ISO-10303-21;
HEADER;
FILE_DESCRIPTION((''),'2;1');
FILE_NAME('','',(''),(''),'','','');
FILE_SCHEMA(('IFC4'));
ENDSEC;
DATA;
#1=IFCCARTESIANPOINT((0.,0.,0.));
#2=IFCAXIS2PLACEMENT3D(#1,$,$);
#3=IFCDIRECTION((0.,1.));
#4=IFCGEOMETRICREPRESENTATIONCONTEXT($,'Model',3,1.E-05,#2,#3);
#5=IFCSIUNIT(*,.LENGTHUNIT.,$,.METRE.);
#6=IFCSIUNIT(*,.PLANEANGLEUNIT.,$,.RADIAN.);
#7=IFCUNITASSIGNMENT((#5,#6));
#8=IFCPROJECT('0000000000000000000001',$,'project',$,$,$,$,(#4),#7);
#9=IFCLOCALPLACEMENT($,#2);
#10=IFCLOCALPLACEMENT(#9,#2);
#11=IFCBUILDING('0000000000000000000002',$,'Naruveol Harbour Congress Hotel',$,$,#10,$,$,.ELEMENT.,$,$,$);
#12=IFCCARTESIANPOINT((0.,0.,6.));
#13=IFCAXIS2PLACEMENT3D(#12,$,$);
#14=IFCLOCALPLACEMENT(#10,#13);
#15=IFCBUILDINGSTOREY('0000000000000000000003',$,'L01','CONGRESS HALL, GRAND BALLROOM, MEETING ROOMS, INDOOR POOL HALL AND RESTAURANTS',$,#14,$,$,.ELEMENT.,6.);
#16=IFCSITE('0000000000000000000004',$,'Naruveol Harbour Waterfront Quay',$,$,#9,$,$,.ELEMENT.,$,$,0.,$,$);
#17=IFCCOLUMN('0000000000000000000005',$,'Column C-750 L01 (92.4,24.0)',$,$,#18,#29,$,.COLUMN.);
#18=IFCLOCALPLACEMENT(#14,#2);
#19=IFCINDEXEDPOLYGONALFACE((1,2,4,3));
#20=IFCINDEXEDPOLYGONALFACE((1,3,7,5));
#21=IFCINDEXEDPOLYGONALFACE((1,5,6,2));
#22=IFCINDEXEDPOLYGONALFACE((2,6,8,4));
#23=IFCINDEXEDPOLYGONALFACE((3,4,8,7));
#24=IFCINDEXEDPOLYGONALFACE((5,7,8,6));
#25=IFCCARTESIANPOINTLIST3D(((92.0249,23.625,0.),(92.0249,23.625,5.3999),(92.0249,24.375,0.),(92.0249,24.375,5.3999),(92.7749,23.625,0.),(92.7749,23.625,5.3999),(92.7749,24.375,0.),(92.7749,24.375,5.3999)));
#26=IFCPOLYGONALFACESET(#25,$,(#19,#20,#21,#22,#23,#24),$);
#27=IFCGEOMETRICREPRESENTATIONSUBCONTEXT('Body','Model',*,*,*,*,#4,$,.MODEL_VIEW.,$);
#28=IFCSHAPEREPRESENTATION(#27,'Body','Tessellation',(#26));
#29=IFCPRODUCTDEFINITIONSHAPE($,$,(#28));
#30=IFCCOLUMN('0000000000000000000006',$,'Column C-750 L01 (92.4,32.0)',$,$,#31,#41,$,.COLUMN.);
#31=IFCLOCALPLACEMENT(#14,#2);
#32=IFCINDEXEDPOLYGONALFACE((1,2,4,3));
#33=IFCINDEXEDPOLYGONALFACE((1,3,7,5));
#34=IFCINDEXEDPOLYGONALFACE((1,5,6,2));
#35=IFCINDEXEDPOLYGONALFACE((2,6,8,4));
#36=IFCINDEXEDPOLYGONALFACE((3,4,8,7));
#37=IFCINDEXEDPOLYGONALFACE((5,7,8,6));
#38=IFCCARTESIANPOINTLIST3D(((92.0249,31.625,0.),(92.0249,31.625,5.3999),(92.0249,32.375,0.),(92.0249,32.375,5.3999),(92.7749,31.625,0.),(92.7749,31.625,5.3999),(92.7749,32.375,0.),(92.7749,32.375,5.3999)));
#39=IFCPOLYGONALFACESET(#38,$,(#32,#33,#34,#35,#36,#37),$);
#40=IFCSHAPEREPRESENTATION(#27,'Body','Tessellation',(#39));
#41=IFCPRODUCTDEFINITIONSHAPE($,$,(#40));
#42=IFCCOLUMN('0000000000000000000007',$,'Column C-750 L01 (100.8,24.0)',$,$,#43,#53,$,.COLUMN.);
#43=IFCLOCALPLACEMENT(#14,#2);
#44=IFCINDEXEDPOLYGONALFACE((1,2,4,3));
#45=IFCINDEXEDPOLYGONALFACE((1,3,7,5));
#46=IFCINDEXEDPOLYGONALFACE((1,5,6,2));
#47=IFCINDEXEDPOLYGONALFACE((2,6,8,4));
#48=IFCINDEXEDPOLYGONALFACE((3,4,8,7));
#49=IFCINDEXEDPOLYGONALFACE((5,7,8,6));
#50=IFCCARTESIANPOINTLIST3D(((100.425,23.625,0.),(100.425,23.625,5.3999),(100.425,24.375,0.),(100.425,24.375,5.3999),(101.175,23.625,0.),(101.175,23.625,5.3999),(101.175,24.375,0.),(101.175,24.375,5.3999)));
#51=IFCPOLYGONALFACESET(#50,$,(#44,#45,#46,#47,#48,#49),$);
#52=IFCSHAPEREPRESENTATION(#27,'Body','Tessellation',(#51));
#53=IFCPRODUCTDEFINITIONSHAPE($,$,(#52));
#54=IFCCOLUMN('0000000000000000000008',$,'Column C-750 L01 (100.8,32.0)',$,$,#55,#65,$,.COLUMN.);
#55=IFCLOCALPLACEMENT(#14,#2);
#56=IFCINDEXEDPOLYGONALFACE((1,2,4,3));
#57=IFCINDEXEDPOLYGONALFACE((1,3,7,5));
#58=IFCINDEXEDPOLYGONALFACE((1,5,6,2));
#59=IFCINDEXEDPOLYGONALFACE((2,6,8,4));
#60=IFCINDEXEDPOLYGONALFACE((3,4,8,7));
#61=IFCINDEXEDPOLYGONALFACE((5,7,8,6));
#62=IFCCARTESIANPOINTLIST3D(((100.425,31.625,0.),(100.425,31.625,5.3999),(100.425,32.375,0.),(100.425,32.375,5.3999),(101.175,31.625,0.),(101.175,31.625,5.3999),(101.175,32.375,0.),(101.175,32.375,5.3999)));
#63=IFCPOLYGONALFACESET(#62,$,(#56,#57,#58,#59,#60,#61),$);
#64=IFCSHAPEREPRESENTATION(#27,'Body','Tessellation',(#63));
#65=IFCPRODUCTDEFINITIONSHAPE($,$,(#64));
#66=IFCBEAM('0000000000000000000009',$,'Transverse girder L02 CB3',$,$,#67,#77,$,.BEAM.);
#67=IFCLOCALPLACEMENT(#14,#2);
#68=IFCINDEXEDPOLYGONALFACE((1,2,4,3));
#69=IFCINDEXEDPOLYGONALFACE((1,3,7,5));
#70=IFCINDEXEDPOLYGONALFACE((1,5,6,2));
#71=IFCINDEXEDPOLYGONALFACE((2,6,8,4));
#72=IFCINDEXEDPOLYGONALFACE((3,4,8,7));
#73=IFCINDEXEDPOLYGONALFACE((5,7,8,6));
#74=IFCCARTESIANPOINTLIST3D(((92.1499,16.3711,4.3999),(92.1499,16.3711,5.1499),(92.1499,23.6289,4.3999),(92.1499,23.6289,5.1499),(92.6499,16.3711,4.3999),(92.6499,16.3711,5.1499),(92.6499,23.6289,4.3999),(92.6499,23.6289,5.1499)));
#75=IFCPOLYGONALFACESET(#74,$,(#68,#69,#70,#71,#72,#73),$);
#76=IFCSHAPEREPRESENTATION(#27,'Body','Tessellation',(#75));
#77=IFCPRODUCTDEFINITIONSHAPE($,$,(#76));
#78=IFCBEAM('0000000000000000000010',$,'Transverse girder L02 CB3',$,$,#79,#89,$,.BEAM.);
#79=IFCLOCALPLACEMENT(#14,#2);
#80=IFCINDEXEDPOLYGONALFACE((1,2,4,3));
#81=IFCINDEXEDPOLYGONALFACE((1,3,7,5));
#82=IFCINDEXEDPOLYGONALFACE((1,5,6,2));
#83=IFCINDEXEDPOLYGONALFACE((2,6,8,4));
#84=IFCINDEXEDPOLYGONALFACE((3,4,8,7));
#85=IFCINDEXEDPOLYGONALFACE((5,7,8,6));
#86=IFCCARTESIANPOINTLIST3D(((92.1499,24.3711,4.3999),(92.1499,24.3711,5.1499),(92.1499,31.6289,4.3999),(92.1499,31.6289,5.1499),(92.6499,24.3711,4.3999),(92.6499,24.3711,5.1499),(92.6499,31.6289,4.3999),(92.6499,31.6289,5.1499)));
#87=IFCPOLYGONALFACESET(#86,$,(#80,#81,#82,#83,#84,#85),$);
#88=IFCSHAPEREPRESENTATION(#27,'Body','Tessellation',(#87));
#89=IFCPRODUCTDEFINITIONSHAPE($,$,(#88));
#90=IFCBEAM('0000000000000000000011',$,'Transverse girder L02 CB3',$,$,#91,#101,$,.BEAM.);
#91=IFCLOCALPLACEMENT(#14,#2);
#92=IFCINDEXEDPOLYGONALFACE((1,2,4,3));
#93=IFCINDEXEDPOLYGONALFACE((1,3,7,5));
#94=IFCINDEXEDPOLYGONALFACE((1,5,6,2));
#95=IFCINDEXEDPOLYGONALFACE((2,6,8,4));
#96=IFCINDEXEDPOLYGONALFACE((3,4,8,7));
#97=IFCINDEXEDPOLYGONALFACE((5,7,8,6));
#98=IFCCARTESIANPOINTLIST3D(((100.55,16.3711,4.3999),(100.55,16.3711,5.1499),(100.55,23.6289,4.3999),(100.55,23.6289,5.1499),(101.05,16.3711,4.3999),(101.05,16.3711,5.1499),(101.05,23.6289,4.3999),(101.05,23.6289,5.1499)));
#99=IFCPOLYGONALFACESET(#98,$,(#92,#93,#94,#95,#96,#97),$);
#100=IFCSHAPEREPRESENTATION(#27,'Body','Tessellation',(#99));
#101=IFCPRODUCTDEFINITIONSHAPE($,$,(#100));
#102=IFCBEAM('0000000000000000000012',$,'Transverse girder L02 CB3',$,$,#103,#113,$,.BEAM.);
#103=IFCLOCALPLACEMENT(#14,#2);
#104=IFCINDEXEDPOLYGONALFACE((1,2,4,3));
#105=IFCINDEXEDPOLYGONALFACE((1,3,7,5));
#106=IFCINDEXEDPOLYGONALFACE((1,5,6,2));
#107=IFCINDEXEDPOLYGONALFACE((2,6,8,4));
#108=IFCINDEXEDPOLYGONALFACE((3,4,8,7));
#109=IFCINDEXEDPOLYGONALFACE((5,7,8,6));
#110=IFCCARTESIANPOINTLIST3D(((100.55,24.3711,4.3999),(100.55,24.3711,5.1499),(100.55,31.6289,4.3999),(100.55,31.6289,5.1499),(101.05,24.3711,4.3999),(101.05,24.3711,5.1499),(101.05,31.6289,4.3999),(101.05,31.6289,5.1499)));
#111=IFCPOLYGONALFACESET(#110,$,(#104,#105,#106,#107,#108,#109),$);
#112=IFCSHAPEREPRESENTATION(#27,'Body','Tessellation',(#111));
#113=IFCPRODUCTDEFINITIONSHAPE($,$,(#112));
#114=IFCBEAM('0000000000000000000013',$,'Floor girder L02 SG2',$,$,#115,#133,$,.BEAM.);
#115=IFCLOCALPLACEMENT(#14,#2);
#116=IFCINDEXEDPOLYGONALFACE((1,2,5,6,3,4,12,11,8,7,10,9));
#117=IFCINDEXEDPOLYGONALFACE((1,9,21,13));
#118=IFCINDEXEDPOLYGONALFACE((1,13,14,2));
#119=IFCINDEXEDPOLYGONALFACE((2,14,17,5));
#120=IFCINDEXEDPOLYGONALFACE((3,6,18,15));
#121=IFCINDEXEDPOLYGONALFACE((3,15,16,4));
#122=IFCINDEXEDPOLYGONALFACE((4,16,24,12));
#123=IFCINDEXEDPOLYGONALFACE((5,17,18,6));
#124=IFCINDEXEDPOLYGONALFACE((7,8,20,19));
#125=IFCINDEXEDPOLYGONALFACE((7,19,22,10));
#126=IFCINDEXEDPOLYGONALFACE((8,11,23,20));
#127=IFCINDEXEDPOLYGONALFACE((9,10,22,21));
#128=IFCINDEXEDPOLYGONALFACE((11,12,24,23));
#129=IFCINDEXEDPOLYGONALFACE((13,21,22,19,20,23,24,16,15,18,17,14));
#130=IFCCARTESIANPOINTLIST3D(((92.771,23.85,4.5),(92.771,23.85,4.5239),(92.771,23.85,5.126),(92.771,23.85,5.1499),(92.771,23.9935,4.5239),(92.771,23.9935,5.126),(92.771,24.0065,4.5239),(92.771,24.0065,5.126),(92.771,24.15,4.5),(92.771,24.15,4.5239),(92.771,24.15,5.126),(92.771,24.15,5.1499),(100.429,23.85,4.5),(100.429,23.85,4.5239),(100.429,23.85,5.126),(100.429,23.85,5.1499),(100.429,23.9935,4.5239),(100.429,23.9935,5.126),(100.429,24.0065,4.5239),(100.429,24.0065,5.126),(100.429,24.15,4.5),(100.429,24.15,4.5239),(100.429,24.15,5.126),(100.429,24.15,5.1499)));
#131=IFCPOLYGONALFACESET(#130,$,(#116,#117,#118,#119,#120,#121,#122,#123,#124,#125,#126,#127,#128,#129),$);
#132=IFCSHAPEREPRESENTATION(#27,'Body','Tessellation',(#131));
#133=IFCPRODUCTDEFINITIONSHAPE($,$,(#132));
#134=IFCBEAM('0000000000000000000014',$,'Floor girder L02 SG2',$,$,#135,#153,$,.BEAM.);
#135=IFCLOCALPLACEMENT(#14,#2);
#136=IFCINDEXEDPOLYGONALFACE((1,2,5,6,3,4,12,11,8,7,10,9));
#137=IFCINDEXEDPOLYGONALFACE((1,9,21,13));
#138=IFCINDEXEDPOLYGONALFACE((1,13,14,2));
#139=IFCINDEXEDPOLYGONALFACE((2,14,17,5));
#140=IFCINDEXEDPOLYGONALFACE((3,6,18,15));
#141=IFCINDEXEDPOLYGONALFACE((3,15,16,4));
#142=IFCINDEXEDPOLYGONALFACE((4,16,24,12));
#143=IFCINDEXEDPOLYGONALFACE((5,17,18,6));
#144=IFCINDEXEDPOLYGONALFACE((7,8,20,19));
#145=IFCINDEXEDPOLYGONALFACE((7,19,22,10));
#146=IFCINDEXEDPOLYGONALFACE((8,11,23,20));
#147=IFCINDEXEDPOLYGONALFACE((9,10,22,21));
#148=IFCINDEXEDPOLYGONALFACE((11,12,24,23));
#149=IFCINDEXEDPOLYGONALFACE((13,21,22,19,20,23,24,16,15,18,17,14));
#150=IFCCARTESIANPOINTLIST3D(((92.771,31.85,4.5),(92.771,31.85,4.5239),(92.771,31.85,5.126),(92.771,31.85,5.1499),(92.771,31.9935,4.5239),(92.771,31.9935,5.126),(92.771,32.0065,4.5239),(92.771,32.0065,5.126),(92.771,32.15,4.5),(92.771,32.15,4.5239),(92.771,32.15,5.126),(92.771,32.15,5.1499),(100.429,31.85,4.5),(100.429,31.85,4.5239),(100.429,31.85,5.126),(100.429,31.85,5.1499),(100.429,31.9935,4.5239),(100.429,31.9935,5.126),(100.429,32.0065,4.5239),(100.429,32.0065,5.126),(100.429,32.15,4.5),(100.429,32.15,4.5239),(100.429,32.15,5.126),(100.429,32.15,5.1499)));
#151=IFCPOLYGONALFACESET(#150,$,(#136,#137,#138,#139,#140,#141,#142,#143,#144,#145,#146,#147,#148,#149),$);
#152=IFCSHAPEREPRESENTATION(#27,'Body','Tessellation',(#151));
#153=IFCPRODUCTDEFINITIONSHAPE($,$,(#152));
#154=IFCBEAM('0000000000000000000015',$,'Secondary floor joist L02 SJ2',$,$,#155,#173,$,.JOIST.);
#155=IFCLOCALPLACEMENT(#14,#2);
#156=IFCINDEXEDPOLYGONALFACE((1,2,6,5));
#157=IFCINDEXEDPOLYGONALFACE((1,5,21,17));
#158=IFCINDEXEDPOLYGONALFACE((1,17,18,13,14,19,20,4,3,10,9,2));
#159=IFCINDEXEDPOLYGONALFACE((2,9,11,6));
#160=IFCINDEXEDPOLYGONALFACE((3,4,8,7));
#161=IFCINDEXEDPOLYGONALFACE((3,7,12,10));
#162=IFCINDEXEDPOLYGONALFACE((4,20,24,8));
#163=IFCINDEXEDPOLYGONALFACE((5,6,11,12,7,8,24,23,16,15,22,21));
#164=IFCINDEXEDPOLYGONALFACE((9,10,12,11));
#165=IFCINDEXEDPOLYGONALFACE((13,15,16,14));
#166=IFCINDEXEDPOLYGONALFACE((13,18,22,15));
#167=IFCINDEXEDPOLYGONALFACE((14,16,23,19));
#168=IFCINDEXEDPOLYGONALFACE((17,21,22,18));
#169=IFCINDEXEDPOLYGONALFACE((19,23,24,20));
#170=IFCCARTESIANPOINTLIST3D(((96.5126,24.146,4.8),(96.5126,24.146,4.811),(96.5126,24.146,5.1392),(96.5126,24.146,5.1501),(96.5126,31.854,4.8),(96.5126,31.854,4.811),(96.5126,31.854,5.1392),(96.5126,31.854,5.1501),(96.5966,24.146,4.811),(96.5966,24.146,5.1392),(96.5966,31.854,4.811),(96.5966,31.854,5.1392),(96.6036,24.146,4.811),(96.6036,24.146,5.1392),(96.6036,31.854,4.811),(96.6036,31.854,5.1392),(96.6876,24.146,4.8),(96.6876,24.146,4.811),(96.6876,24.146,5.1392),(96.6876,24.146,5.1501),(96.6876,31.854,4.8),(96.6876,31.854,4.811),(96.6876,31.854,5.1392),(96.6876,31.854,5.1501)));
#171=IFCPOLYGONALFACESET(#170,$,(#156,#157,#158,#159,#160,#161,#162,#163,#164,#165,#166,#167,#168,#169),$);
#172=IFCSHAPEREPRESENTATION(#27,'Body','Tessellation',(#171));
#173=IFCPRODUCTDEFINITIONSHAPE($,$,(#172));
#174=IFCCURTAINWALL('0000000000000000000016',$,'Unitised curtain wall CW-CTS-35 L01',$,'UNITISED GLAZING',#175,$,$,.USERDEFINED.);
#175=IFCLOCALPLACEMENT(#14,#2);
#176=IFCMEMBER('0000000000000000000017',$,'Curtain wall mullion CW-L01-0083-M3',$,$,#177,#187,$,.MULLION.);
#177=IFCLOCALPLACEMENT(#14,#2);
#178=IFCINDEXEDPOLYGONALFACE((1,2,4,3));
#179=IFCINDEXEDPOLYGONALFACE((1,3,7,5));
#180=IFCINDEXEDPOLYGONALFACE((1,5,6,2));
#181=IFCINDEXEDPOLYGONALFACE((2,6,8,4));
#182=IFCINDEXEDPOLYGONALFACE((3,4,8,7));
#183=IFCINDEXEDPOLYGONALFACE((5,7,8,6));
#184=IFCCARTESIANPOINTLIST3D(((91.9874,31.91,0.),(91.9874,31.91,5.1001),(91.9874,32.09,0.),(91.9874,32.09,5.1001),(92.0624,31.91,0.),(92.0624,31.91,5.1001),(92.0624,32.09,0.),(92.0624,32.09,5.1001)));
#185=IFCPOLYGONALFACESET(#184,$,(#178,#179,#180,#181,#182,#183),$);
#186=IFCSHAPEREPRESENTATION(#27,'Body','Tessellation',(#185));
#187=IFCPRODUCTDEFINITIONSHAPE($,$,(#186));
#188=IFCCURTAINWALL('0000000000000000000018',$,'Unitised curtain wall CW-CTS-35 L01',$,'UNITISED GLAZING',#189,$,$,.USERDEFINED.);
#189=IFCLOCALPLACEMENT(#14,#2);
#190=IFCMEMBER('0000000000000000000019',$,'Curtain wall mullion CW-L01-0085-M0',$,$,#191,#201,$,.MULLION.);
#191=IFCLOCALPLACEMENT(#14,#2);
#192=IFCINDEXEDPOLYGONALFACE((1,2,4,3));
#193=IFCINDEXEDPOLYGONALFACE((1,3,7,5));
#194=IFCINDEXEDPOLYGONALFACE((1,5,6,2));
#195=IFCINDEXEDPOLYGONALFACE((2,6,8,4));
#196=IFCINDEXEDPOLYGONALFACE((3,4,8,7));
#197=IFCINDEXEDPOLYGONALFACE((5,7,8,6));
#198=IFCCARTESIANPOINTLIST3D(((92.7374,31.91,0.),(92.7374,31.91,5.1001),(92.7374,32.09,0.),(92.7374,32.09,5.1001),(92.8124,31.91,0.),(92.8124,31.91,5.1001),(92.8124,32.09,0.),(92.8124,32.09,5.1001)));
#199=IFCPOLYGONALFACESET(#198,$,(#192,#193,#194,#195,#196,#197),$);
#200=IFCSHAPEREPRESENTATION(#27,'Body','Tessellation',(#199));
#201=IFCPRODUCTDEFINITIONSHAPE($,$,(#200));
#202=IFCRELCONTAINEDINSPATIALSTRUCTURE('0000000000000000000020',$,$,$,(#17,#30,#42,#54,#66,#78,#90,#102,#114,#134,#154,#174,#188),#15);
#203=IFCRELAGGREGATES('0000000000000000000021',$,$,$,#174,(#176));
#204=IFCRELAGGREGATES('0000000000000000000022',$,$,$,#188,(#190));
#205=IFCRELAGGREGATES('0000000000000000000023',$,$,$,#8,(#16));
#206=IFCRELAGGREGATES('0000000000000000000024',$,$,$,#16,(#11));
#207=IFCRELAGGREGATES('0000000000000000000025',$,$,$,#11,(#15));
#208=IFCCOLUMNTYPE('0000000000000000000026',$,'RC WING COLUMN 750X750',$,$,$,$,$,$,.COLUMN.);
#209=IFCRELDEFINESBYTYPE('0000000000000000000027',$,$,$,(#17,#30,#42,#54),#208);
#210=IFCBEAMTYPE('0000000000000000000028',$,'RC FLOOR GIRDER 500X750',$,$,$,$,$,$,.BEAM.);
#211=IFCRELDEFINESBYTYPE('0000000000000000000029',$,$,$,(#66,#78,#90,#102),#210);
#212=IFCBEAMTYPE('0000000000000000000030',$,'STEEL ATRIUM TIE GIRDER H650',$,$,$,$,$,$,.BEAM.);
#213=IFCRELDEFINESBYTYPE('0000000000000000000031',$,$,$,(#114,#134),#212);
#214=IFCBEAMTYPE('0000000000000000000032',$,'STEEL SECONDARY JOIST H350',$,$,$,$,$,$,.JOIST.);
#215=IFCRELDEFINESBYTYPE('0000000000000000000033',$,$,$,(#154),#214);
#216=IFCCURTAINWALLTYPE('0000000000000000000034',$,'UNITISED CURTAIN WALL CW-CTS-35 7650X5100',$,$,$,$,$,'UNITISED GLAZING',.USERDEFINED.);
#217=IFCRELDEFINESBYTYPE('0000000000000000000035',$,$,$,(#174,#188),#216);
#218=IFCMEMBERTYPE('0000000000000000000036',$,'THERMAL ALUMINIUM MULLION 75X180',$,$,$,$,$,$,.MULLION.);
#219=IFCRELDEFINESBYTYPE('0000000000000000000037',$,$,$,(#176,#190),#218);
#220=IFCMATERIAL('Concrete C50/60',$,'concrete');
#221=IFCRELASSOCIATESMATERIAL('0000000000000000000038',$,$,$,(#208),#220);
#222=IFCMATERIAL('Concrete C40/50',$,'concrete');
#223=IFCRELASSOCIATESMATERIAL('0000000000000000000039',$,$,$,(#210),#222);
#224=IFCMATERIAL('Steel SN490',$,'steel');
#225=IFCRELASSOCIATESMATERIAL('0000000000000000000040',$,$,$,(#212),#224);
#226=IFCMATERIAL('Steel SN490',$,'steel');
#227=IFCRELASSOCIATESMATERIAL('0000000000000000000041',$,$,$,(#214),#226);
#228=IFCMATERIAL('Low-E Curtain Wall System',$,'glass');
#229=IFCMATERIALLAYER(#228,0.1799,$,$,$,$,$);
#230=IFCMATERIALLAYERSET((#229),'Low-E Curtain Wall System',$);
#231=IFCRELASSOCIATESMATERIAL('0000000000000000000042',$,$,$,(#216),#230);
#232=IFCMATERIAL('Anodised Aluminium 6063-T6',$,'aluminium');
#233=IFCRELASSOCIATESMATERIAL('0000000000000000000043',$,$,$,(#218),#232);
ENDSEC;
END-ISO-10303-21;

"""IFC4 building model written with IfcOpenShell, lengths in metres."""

from ifc_helpers import new_model, si_unit, direction, frame, origin, origin_2d, place, context, subcontext, project, spatial, rectangle, i_section, extrude, material, layer, layer_set, material_profile, profile_set, type_object, element, aggregate, save


model = new_model("IFC4")

# Units and contexts
model_context = context("Model", 3, precision=1e-05, world=origin(), true_north=direction((0.0, 1.0)))
body_context = subcontext(model_context, "Body", "Model", "MODEL_VIEW")
ifc_project = project(units=[si_unit("LENGTHUNIT", "METRE"), si_unit("PLANEANGLEUNIT", "RADIAN")], contexts=[model_context])

# Site, building, storey
site_placement = place(None, origin())
site = spatial("IfcSite", under=ifc_project, at=site_placement, Name="Naruveol Harbour Waterfront Quay", CompositionType="ELEMENT", RefElevation=0.0)
building_placement = place(site_placement, origin())
building = spatial("IfcBuilding", under=site, at=building_placement, Name="Naruveol Harbour Congress Hotel", CompositionType="ELEMENT")
storey_placement = place(building_placement, frame((0.0, 0.0, 6.0)))
storey = spatial("IfcBuildingStorey", under=building, at=storey_placement, Name="L01", Description="CONGRESS HALL, GRAND BALLROOM, MEETING ROOMS, INDOOR POOL HALL AND RESTAURANTS", CompositionType="ELEMENT", Elevation=6.0)

# Columns
ifc_material_1 = material(Name="Concrete C50/60", Category="concrete")
ifc_material_profile_1 = material_profile(ifc_material_1, rectangle(XDim=0.75, YDim=0.75, at=origin_2d()), Name="RC-750x750")
ifc_profile_set_1 = profile_set([ifc_material_profile_1], Name="Concrete C50/60")
column_type = type_object("IfcColumnType", Name="RC WING COLUMN 750X750", PredefinedType="COLUMN", material=ifc_profile_set_1)
for number, where, z_axis, x_axis, name in (
    (1, (92.3999, 24.0, 0.0), (0.0, 0.0, 1.0), (1.0, 0.0, 0.0), "Column C-750 L01 (92.4,24.0)"),
    (2, (92.3999, 32.0, 0.0), (0.0, 0.0, 1.0), (1.0, 0.0, 0.0), "Column C-750 L01 (92.4,32.0)"),
    (3, (100.8, 24.0, 0.0), (0.0, 0.0, 1.0), (1.0, 0.0, 0.0), "Column C-750 L01 (100.8,24.0)"),
    (4, (100.8, 32.0, 0.0), (0.0, 0.0, 1.0), (1.0, 0.0, 0.0), "Column C-750 L01 (100.8,32.0)"),
):
    element("IfcColumn", number, at=place(storey_placement, frame(where, z_axis=z_axis, x_axis=x_axis)), inside=storey, type_object=column_type, Name=name, PredefinedType="COLUMN", context=body_context, shape_type="SweptSolid", body=[
        extrude(rectangle(XDim=0.75, YDim=0.75, at=origin_2d()), origin(), (0.0, 0.0, 1.0), 5.3999),
    ])

# Beams
ifc_material_2 = material(Name="Concrete C40/50", Category="concrete")
ifc_material_profile_2 = material_profile(ifc_material_2, rectangle(XDim=0.5, YDim=0.75, at=origin_2d()), Name="RCB-500x750")
ifc_profile_set_2 = profile_set([ifc_material_profile_2], Name="Concrete C40/50")
beam_type_1 = type_object("IfcBeamType", Name="RC FLOOR GIRDER 500X750", PredefinedType="BEAM", material=ifc_profile_set_2)
for number, where, z_axis, x_axis, name in (
    (5, (92.3999, 16.3711, 4.7749), (0.0, 1.0, 0.0), (-1.0, 0.0, 0.0), "Transverse girder L02 CB3"),
    (6, (92.3999, 24.3711, 4.7749), (0.0, 1.0, 0.0), (-1.0, 0.0, 0.0), "Transverse girder L02 CB3"),
    (7, (100.8, 16.3711, 4.7749), (0.0, 1.0, 0.0), (-1.0, 0.0, 0.0), "Transverse girder L02 CB3"),
    (8, (100.8, 24.3711, 4.7749), (0.0, 1.0, 0.0), (-1.0, 0.0, 0.0), "Transverse girder L02 CB3"),
):
    element("IfcBeam", number, at=place(storey_placement, frame(where, z_axis=z_axis, x_axis=x_axis)), inside=storey, type_object=beam_type_1, Name=name, PredefinedType="BEAM", context=body_context, shape_type="SweptSolid", body=[
        extrude(rectangle(XDim=0.5, YDim=0.75, at=origin_2d()), origin(), (0.0, 0.0, 1.0), 7.2578),
    ])
ifc_material_3 = material(Name="Steel SN490", Category="steel")
ifc_material_profile_3 = material_profile(ifc_material_3, i_section(OverallWidth=0.3, OverallDepth=0.6499, WebThickness=0.0129, FlangeThickness=0.0239, at=origin_2d()), Name="H-650x300x13x24")
ifc_profile_set_3 = profile_set([ifc_material_profile_3], Name="Steel SN490")
beam_type_2 = type_object("IfcBeamType", Name="STEEL ATRIUM TIE GIRDER H650", PredefinedType="BEAM", material=ifc_profile_set_3)
for number, where, z_axis, x_axis, name in (
    (9, (92.771, 24.0, 4.825), (1.0, 0.0, 0.0), (0.0, 1.0, 0.0), "Floor girder L02 SG2"),
    (10, (92.771, 32.0, 4.825), (1.0, 0.0, 0.0), (0.0, 1.0, 0.0), "Floor girder L02 SG2"),
):
    element("IfcBeam", number, at=place(storey_placement, frame(where, z_axis=z_axis, x_axis=x_axis)), inside=storey, type_object=beam_type_2, Name=name, PredefinedType="BEAM", context=body_context, shape_type="SweptSolid", body=[
        extrude(i_section(OverallWidth=0.3, OverallDepth=0.6499, WebThickness=0.0129, FlangeThickness=0.0239, at=origin_2d()), origin(), (0.0, 0.0, 1.0), 7.658),
    ])
ifc_material_4 = material(Name="Steel SN490", Category="steel")
ifc_material_profile_4 = material_profile(ifc_material_4, i_section(OverallWidth=0.175, OverallDepth=0.3501, WebThickness=0.0071, FlangeThickness=0.011, at=origin_2d()), Name="H-350x175x7x11")
ifc_profile_set_4 = profile_set([ifc_material_profile_4], Name="Steel SN490")
beam_type_3 = type_object("IfcBeamType", Name="STEEL SECONDARY JOIST H350", PredefinedType="JOIST", material=ifc_profile_set_4)
beam_placement = place(storey_placement, frame((96.6001, 24.146, 4.9751), z_axis=(0.0, 1.0, 0.0), x_axis=(-1.0, 0.0, 0.0)))
element("IfcBeam", 11, at=beam_placement, inside=storey, type_object=beam_type_3, Name="Secondary floor joist L02 SJ2", PredefinedType="JOIST", context=body_context, shape_type="SweptSolid", body=[
    extrude(i_section(OverallWidth=0.175, OverallDepth=0.3501, WebThickness=0.0071, FlangeThickness=0.011, at=origin_2d()), origin(), (0.0, 0.0, 1.0), 7.708),
])

# Curtain wall, member
ifc_material_5 = material(Name="Low-E Curtain Wall System", Category="glass")
ifc_layer_1 = layer(ifc_material_5, 0.1799)
ifc_layer_set_1 = layer_set([ifc_layer_1], Name="Low-E Curtain Wall System")
curtain_wall_type = type_object("IfcCurtainWallType", Name="UNITISED CURTAIN WALL CW-CTS-35 7650X5100", ElementType="UNITISED GLAZING", PredefinedType="USERDEFINED", material=ifc_layer_set_1)
curtain_wall_1_placement = place(storey_placement, origin())
curtain_wall_1 = element("IfcCurtainWall", 12, at=curtain_wall_1_placement, inside=storey, type_object=curtain_wall_type, Name="Unitised curtain wall CW-CTS-35 L01", ObjectType="UNITISED GLAZING", PredefinedType="USERDEFINED")
ifc_material_6 = material(Name="Anodised Aluminium 6063-T6", Category="aluminium")
ifc_material_profile_5 = material_profile(ifc_material_6, rectangle(XDim=0.075, YDim=0.1799, at=origin_2d()), Name="ALU-75x180")
ifc_profile_set_5 = profile_set([ifc_material_profile_5], Name="Anodised Aluminium 6063-T6")
member_type_1 = type_object("IfcMemberType", Name="THERMAL ALUMINIUM MULLION 75X180", PredefinedType="MULLION", material=ifc_profile_set_5)
member_1_placement = place(storey_placement, frame((92.0249, 32.0, 0.0), z_axis=(0.0, 0.0, 1.0), x_axis=(1.0, 0.0, 0.0)))
member_1 = element("IfcMember", 13, at=member_1_placement, type_object=member_type_1, Name="Curtain wall mullion CW-L01-0083-M3", PredefinedType="MULLION", context=body_context, shape_type="SweptSolid", body=[
    extrude(rectangle(XDim=0.075, YDim=0.1799, at=origin_2d()), origin(), (0.0, 0.0, 1.0), 5.1001),
])

# Curtain wall, member
curtain_wall_2_placement = place(storey_placement, origin())
curtain_wall_2 = element("IfcCurtainWall", 14, at=curtain_wall_2_placement, inside=storey, type_object=curtain_wall_type, Name="Unitised curtain wall CW-CTS-35 L01", ObjectType="UNITISED GLAZING", PredefinedType="USERDEFINED")
member_2_placement = place(storey_placement, frame((92.7749, 32.0, 0.0), z_axis=(0.0, 0.0, 1.0), x_axis=(1.0, 0.0, 0.0)))
member_2 = element("IfcMember", 15, at=member_2_placement, type_object=member_type_1, Name="Curtain wall mullion CW-L01-0085-M0", PredefinedType="MULLION", context=body_context, shape_type="SweptSolid", body=[
    extrude(rectangle(XDim=0.075, YDim=0.1799, at=origin_2d()), origin(), (0.0, 0.0, 1.0), 5.1001),
])

aggregate(curtain_wall_1, [member_1])
aggregate(curtain_wall_2, [member_2])

save(model, "model.ifc")
